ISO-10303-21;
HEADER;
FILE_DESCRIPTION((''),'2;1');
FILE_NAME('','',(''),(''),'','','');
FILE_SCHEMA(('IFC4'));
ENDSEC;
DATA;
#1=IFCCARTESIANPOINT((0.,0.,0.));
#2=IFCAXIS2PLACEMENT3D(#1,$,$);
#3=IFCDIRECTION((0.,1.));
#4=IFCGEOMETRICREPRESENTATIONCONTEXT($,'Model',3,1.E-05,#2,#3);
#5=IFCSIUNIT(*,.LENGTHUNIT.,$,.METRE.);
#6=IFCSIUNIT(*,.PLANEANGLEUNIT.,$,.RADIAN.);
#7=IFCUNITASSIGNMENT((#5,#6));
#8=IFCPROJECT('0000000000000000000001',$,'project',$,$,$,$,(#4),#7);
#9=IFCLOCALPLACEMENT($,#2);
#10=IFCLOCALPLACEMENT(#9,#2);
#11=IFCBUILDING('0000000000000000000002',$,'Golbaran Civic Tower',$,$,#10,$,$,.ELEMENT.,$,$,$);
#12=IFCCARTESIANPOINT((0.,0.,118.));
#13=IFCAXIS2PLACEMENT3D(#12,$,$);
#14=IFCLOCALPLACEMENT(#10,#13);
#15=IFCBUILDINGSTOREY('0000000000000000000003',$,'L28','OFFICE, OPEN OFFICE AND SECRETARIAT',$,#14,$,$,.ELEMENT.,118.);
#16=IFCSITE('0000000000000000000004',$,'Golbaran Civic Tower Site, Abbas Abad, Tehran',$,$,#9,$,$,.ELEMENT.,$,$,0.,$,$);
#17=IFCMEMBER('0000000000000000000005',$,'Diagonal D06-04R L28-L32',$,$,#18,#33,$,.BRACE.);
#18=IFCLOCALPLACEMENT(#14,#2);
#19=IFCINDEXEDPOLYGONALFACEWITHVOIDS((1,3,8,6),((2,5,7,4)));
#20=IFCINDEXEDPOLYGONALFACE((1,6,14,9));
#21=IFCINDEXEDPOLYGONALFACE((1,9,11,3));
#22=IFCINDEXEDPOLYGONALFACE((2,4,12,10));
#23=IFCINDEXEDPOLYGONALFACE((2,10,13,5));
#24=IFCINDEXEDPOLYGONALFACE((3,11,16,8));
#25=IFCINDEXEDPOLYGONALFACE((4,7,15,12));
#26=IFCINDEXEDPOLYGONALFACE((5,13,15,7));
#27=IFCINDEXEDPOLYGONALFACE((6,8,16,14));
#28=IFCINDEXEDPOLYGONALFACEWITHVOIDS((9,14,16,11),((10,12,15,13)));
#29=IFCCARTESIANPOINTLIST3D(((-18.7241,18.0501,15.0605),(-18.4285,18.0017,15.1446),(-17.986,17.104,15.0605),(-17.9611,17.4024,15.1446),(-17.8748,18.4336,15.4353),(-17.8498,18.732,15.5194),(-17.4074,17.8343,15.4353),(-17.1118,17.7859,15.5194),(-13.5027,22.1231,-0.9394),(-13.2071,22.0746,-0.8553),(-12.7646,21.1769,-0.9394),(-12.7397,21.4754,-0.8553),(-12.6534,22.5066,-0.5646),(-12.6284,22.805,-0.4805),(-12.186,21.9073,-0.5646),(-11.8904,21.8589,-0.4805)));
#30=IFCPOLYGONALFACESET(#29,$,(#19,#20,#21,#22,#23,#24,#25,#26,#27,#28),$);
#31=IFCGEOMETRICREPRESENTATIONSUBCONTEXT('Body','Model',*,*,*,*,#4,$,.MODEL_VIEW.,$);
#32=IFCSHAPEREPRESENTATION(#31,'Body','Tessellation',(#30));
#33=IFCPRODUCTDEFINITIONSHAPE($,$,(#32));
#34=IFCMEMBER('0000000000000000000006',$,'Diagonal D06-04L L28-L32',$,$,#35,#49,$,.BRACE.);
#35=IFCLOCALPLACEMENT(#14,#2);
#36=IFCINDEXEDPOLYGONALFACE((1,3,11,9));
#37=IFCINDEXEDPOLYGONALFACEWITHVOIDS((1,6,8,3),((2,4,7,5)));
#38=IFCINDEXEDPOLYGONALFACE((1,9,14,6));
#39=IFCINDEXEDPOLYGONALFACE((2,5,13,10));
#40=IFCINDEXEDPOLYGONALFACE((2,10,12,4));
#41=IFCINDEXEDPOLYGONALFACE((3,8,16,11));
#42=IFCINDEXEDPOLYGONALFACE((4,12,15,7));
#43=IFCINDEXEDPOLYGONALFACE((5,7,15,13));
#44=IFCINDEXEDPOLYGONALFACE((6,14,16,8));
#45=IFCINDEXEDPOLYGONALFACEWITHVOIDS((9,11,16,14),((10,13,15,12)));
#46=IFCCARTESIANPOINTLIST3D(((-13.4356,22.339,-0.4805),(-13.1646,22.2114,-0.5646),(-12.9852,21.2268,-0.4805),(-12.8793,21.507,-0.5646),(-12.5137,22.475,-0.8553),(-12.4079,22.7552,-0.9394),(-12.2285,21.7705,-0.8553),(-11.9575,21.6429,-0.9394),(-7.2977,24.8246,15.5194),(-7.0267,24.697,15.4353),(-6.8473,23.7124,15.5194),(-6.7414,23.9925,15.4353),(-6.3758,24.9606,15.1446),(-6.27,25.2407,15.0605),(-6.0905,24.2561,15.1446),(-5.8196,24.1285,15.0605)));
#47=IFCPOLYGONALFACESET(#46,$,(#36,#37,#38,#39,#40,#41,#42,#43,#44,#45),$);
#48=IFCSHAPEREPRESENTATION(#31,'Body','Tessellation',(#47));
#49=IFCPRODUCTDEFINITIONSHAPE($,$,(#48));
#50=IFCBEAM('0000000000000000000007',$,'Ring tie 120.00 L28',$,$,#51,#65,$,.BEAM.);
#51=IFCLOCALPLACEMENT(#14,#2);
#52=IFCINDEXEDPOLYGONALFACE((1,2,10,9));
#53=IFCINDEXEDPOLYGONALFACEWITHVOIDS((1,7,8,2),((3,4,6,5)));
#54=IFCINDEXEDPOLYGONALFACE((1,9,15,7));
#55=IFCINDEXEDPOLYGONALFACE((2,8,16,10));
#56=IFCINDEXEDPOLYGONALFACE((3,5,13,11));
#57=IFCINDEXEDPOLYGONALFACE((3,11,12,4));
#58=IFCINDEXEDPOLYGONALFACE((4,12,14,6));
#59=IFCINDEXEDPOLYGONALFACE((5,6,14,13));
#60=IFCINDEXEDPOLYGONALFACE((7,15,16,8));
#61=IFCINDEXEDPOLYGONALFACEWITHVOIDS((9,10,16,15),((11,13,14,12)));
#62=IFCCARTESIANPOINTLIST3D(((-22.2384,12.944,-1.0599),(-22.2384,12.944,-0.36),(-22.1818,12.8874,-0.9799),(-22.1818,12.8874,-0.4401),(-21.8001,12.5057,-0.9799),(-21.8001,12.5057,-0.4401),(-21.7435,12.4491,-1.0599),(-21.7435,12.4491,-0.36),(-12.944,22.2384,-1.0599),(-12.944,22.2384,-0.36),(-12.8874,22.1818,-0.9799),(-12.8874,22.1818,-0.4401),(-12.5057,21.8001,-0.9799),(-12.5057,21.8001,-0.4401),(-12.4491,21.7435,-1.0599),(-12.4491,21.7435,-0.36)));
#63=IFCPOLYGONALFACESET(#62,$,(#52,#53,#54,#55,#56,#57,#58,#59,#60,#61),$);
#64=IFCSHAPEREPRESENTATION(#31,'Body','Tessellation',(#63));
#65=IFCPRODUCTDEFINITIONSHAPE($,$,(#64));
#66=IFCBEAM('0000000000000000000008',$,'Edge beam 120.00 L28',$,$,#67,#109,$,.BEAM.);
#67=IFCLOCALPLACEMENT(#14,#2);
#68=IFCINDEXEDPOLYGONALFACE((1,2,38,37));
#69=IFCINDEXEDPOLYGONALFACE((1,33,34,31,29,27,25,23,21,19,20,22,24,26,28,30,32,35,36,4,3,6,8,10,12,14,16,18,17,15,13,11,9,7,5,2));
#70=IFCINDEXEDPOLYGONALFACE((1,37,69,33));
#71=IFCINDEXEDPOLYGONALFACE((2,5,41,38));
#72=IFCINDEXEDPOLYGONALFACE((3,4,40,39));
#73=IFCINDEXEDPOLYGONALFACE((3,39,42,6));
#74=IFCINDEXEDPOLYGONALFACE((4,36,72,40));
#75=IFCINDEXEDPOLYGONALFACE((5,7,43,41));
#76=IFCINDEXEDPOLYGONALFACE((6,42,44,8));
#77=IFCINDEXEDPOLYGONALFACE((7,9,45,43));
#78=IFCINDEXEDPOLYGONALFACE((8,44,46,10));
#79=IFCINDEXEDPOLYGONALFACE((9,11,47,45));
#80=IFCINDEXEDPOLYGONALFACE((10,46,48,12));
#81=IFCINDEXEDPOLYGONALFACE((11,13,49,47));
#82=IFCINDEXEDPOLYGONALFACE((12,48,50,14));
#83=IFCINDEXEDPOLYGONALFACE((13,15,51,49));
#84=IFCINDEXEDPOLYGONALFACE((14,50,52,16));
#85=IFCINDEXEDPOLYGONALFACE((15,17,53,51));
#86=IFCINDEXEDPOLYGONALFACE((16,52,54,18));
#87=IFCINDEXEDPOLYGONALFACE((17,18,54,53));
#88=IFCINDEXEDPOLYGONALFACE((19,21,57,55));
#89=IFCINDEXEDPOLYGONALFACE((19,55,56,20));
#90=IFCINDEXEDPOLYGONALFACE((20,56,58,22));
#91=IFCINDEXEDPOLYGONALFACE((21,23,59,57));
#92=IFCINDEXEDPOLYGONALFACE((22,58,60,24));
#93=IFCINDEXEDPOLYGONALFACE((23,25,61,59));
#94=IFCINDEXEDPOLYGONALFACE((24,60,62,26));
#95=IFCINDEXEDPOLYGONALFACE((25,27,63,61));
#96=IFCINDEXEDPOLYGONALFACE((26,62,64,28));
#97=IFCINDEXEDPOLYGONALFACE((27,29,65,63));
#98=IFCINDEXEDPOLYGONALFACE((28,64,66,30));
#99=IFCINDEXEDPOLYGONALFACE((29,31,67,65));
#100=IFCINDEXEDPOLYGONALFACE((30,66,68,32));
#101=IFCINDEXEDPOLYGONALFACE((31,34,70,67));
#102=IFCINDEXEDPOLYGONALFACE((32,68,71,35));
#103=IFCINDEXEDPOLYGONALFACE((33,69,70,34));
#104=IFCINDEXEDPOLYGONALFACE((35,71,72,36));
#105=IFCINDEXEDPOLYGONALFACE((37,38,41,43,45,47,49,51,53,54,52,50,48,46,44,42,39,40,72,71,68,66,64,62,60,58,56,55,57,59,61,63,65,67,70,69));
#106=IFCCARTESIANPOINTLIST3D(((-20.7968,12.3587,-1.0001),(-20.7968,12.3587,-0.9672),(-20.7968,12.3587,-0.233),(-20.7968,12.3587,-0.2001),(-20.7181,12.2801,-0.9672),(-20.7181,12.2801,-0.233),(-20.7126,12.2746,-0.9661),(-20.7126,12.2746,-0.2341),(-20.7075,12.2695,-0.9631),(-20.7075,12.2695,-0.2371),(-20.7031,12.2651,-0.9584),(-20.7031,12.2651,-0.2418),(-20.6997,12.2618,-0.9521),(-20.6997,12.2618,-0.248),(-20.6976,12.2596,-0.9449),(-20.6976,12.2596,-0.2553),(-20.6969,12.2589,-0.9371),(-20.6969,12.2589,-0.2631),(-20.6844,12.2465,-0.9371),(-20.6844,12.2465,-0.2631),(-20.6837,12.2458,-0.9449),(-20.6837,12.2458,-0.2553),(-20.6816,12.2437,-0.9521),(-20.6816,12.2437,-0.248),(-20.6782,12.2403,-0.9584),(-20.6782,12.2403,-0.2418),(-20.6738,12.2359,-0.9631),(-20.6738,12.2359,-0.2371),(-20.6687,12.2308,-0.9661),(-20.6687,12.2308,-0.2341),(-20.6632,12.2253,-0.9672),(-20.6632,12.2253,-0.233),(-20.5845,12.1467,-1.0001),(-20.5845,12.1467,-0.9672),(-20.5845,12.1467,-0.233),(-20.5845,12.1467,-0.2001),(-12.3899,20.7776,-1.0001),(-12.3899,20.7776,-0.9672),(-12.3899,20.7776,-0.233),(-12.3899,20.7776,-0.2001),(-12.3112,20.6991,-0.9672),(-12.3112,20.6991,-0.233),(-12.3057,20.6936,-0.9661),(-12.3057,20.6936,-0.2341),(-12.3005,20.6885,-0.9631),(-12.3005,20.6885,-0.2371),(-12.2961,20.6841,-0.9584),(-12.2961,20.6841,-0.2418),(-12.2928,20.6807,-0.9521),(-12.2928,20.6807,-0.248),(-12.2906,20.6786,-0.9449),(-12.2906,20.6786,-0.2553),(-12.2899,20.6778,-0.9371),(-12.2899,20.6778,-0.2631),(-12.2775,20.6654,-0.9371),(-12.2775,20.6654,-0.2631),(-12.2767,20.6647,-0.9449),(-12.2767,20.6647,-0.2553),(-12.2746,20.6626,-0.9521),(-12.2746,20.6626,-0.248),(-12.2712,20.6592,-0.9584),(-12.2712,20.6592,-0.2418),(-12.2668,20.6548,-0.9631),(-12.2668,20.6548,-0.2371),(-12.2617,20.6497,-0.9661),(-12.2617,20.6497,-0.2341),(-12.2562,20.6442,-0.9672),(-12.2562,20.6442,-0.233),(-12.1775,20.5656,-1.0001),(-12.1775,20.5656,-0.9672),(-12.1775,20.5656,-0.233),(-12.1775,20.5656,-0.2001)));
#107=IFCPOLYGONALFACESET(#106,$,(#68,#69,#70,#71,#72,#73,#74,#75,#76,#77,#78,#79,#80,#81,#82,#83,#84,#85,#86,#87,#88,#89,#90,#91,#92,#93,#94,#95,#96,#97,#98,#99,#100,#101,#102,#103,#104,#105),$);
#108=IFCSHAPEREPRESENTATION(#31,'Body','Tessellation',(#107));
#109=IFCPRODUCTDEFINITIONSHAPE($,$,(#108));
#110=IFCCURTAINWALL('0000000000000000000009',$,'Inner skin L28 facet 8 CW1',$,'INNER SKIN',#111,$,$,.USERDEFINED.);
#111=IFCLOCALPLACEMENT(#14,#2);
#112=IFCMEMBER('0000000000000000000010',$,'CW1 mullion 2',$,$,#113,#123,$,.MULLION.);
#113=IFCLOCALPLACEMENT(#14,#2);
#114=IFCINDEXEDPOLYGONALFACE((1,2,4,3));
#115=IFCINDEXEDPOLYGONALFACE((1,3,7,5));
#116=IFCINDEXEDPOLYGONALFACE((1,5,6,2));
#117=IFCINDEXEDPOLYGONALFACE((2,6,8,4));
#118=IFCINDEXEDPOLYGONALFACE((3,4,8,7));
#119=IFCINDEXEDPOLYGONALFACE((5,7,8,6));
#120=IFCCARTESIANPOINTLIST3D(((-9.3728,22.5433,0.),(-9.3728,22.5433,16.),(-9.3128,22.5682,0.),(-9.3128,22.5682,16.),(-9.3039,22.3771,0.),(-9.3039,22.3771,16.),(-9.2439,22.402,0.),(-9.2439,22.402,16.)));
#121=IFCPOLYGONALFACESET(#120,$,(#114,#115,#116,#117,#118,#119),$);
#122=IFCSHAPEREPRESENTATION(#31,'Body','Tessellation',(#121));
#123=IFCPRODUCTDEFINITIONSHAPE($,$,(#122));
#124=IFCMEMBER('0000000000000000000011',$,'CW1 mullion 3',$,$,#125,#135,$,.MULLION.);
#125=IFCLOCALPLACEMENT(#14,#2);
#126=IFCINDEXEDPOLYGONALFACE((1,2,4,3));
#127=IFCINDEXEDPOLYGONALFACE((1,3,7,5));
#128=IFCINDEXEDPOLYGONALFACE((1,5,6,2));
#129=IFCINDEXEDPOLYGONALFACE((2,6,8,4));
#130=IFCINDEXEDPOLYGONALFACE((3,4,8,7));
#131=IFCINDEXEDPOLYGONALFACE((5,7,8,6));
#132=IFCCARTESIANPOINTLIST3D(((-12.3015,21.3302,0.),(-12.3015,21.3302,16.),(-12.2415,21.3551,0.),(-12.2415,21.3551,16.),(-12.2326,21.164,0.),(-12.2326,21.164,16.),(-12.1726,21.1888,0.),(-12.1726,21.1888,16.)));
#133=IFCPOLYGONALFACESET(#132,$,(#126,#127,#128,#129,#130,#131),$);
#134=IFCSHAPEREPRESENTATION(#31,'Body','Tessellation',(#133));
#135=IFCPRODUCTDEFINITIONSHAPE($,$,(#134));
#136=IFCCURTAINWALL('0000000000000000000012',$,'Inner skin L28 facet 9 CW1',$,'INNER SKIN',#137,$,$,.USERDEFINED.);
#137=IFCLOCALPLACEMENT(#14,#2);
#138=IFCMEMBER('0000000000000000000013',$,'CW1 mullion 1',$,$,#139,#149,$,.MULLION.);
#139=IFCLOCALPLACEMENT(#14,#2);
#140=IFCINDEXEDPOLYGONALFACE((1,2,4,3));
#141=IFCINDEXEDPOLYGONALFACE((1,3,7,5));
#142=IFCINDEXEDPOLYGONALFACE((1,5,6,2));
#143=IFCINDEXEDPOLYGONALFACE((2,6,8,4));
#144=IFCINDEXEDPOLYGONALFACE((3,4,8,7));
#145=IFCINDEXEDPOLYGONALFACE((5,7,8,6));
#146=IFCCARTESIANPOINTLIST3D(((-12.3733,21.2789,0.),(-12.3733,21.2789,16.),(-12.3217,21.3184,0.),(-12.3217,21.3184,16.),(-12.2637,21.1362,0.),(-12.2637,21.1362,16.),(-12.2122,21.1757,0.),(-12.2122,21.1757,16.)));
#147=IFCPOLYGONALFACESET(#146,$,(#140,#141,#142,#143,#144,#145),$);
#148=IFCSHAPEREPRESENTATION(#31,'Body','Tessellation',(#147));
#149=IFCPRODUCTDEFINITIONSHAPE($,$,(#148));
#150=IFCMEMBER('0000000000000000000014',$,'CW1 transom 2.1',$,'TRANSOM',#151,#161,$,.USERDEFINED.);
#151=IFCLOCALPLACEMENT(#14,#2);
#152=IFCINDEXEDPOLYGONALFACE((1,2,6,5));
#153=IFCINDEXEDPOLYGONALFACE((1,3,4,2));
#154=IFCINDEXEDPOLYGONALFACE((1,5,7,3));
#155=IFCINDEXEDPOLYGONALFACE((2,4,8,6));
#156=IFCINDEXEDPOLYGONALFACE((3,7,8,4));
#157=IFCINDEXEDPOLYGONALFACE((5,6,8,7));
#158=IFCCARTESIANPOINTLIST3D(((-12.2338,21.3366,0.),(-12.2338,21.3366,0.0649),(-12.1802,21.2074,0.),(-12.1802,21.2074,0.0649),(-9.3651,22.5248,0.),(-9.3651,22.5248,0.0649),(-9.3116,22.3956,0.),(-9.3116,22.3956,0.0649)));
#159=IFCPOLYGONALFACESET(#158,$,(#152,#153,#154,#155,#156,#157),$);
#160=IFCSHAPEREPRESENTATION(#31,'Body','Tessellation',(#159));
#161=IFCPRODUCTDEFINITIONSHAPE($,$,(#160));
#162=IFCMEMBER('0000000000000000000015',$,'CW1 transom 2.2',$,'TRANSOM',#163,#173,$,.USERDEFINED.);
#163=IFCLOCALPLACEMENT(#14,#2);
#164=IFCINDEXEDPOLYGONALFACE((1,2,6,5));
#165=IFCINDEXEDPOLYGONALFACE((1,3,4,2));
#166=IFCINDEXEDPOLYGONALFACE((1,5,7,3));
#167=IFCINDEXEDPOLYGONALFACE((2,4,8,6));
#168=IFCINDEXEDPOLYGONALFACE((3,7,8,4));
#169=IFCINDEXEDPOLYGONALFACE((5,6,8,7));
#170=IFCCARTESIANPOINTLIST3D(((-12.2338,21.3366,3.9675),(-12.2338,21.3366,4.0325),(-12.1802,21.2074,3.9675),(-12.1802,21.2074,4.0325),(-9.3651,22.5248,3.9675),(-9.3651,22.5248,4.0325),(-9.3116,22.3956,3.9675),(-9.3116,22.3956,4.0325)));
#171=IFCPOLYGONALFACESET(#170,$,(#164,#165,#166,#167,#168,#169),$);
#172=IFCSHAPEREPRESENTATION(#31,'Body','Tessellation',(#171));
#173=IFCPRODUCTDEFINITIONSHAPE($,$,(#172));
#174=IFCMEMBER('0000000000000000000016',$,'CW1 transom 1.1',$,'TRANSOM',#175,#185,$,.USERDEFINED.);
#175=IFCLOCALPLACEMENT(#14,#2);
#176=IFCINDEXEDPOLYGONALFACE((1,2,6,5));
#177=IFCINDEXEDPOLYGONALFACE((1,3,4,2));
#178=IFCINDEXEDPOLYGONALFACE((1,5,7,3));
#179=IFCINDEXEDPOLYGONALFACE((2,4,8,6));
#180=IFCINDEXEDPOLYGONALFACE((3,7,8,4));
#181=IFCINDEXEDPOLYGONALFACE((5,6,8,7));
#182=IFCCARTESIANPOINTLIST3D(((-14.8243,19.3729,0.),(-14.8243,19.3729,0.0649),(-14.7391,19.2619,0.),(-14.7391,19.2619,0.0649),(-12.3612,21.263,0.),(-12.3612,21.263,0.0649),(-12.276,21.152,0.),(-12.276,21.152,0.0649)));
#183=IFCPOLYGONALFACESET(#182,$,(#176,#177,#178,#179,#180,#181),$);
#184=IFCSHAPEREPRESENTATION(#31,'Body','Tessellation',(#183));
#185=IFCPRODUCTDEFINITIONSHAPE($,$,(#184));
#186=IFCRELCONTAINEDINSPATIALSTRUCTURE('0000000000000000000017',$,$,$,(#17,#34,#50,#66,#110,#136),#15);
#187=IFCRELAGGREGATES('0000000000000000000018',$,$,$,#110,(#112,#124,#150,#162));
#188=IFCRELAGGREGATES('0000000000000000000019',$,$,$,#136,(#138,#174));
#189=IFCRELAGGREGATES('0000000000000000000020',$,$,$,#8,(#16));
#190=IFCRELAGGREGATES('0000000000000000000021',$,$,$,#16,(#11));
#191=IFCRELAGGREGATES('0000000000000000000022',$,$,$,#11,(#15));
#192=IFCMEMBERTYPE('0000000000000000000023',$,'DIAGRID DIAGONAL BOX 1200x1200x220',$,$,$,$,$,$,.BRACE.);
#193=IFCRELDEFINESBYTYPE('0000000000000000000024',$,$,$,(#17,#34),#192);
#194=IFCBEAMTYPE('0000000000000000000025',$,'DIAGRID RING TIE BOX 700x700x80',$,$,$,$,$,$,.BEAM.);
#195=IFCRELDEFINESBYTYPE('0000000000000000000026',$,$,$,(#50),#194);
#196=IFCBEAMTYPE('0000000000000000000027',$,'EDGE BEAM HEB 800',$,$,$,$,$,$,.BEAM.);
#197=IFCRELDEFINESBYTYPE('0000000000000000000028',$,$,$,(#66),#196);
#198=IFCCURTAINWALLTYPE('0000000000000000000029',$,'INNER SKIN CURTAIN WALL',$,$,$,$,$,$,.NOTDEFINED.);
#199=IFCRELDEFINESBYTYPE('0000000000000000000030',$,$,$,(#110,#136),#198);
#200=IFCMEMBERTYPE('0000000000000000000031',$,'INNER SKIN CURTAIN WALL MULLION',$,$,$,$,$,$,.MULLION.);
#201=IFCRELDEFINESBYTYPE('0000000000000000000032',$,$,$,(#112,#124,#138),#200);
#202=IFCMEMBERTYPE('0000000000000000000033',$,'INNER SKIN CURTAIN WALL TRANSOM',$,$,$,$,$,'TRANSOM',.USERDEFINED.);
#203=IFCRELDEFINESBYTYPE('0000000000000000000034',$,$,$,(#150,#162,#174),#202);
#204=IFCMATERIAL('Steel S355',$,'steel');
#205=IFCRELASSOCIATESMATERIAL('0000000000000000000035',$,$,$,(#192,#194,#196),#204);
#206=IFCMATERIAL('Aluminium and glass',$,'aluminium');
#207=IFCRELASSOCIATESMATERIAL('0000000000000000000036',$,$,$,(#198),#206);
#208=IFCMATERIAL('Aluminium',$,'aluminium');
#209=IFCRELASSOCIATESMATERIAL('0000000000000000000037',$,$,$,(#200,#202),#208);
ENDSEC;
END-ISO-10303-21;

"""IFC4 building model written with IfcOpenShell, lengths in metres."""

from ifc_helpers import new_model, si_unit, direction, frame, origin, origin_2d, place, context, subcontext, project, spatial, rectangle, hollow_rectangle, i_section, extrude, material, material_profile, profile_set, type_object, element, aggregate, save


model = new_model("IFC4")

# Units and contexts
model_context = context("Model", 3, precision=1e-05, world=origin(), true_north=direction((0.0, 1.0)))
body_context = subcontext(model_context, "Body", "Model", "MODEL_VIEW")
ifc_project = project(units=[si_unit("LENGTHUNIT", "METRE"), si_unit("PLANEANGLEUNIT", "RADIAN")], contexts=[model_context])

# Site, building, storey
site_placement = place(None, origin())
site = spatial("IfcSite", under=ifc_project, at=site_placement, Name="Golbaran Civic Tower Site, Abbas Abad, Tehran", CompositionType="ELEMENT", RefElevation=0.0)
building_placement = place(site_placement, origin())
building = spatial("IfcBuilding", under=site, at=building_placement, Name="Golbaran Civic Tower", CompositionType="ELEMENT")
storey_placement = place(building_placement, frame((0.0, 0.0, 118.0)))
storey = spatial("IfcBuildingStorey", under=building, at=storey_placement, Name="L28", Description="OFFICE, OPEN OFFICE AND SECRETARIAT", CompositionType="ELEMENT", Elevation=118.0)

# Members
ifc_material_1 = material(Name="Steel S355", Category="steel")
ifc_material_profile_1 = material_profile(ifc_material_1, hollow_rectangle(XDim=1.2, YDim=1.2, WallThickness=0.22, at=origin_2d()), Name="BOX 1200x1200x220")
ifc_profile_set_1 = profile_set([ifc_material_profile_1], Name="Steel S355")
member_type_1 = type_object("IfcMemberType", Name="DIAGRID DIAGONAL BOX 1200x1200x220", PredefinedType="BRACE", material=ifc_profile_set_1)
for number, where, z_axis, x_axis, name in (
    (1, (-12.6965, 21.991, -0.71), (-0.301534, -0.235212, 0.923987), (0.615058, -0.788482, 0.0), "Diagonal D06-04R L28-L32"),
    (2, (-12.6965, 21.991, -0.71), (0.354461, 0.143541, 0.923988), (-0.375347, 0.926884, 0.0), "Diagonal D06-04L L28-L32"),
):
    element("IfcMember", number, at=place(storey_placement, frame(where, z_axis=z_axis, x_axis=x_axis)), inside=storey, type_object=member_type_1, Name=name, PredefinedType="BRACE", context=body_context, shape_type="SweptSolid", body=[
        extrude(hollow_rectangle(XDim=1.2, YDim=1.2, WallThickness=0.22, at=origin_2d()), origin(), (0.0, 0.0, 1.0), 17.3162),
    ])

# Beams
ifc_material_profile_2 = material_profile(ifc_material_1, hollow_rectangle(XDim=0.7, YDim=0.7, WallThickness=0.0801, at=origin_2d()), Name="BOX 700x700x80")
ifc_profile_set_2 = profile_set([ifc_material_profile_2], Name="Steel S355")
beam_type_1 = type_object("IfcBeamType", Name="DIAGRID RING TIE BOX 700x700x80", PredefinedType="BEAM", material=ifc_profile_set_2)
beam_1_placement = place(storey_placement, frame((-12.6965, 21.991, -0.71), z_axis=(-0.707107, -0.707107, 0.0), x_axis=(0.707107, -0.707107, 0.0)))
element("IfcBeam", 3, at=beam_1_placement, inside=storey, type_object=beam_type_1, Name="Ring tie 120.00 L28", PredefinedType="BEAM", context=body_context, shape_type="SweptSolid", body=[
    extrude(hollow_rectangle(XDim=0.7, YDim=0.7, WallThickness=0.0801, at=origin_2d()), origin(), (0.0, 0.0, 1.0), 13.1443),
])
ifc_material_profile_3 = material_profile(ifc_material_1, i_section(OverallWidth=0.3, OverallDepth=0.8, WebThickness=0.0176, FlangeThickness=0.033, FilletRadius=0.03, at=origin_2d()), Name="HEB 800")
ifc_profile_set_3 = profile_set([ifc_material_profile_3], Name="Steel S355")
beam_type_2 = type_object("IfcBeamType", Name="EDGE BEAM HEB 800", PredefinedType="BEAM", material=ifc_profile_set_3)
beam_2_placement = place(storey_placement, frame((-12.2837, 20.6716, -0.6001), z_axis=(-0.706604, -0.707609, 0.0), x_axis=(0.707609, -0.706604, 0.0)))
element("IfcBeam", 4, at=beam_2_placement, inside=storey, type_object=beam_type_2, Name="Edge beam 120.00 L28", PredefinedType="BEAM", context=body_context, shape_type="SweptSolid", body=[
    extrude(i_section(OverallWidth=0.3, OverallDepth=0.8, WebThickness=0.0176, FlangeThickness=0.033, FilletRadius=0.03, at=origin_2d()), origin(), (0.0, 0.0, 1.0), 11.8977),
])

# Curtain wall, members
ifc_material_2 = material(Name="Aluminium and glass", Category="aluminium")
curtain_wall_type_1 = type_object("IfcCurtainWallType", Name="INNER SKIN CURTAIN WALL", PredefinedType="NOTDEFINED", material=ifc_material_2)
curtain_wall_1_placement = place(storey_placement, origin())
curtain_wall_1 = element("IfcCurtainWall", 5, at=curtain_wall_1_placement, inside=storey, type_object=curtain_wall_type_1, Name="Inner skin L28 facet 8 CW1", ObjectType="INNER SKIN", PredefinedType="USERDEFINED")
ifc_material_3 = material(Name="Aluminium", Category="aluminium")
ifc_material_profile_4 = material_profile(ifc_material_3, rectangle(XDim=0.1799, YDim=0.0649, at=origin_2d()), Name="INNER SKIN CURTAIN WALL MULLION")
ifc_profile_set_4 = profile_set([ifc_material_profile_4], Name="Aluminium")
member_type_2 = type_object("IfcMemberType", Name="INNER SKIN CURTAIN WALL MULLION", PredefinedType="MULLION", material=ifc_profile_set_4)
member_1_placement = place(storey_placement, frame((-9.3083, 22.4727, 0.0), z_axis=(0.0, 0.0, 1.0), x_axis=(0.382683, -0.92388, 0.0)))
member_1 = element("IfcMember", 6, at=member_1_placement, type_object=member_type_2, Name="CW1 mullion 2", PredefinedType="MULLION", context=body_context, shape_type="SweptSolid", body=[
    extrude(rectangle(XDim=0.1799, YDim=0.0649, at=origin_2d()), origin(), (0.0, 0.0, 1.0), 16.0),
])
member_2_placement = place(storey_placement, frame((-12.2371, 21.2595, 0.0), z_axis=(0.0, 0.0, 1.0), x_axis=(0.382683, -0.92388, 0.0)))
member_2 = element("IfcMember", 7, at=member_2_placement, type_object=member_type_2, Name="CW1 mullion 3", PredefinedType="MULLION", context=body_context, shape_type="SweptSolid", body=[
    extrude(rectangle(XDim=0.1799, YDim=0.0649, at=origin_2d()), origin(), (0.0, 0.0, 1.0), 16.0),
])

# Curtain wall, member
curtain_wall_2_placement = place(storey_placement, origin())
curtain_wall_2 = element("IfcCurtainWall", 8, at=curtain_wall_2_placement, inside=storey, type_object=curtain_wall_type_1, Name="Inner skin L28 facet 9 CW1", ObjectType="INNER SKIN", PredefinedType="USERDEFINED")
member_3_placement = place(storey_placement, frame((-12.2927, 21.2273, 0.0), z_axis=(0.0, 0.0, 1.0), x_axis=(0.608761, -0.793353, 0.0)))
member_3 = element("IfcMember", 9, at=member_3_placement, type_object=member_type_2, Name="CW1 mullion 1", PredefinedType="MULLION", context=body_context, shape_type="SweptSolid", body=[
    extrude(rectangle(XDim=0.1799, YDim=0.0649, at=origin_2d()), origin(), (0.0, 0.0, 1.0), 16.0),
])

# Members
ifc_material_profile_5 = material_profile(ifc_material_3, rectangle(XDim=0.1399, YDim=0.0649, at=origin_2d()), Name="INNER SKIN CURTAIN WALL TRANSOM")
ifc_profile_set_5 = profile_set([ifc_material_profile_5], Name="Aluminium")
member_type_3 = type_object("IfcMemberType", Name="INNER SKIN CURTAIN WALL TRANSOM", ElementType="TRANSOM", PredefinedType="USERDEFINED", material=ifc_profile_set_5)
member_4_placement = place(storey_placement, frame((-9.3384, 22.4602, 0.0325), z_axis=(-0.92388, -0.382683, 0.0), x_axis=(0.382683, -0.92388, 0.0)))
member_4 = element("IfcMember", 10, at=member_4_placement, type_object=member_type_3, Name="CW1 transom 2.1", ObjectType="TRANSOM", PredefinedType="USERDEFINED", context=body_context, shape_type="SweptSolid", body=[
    extrude(rectangle(XDim=0.1399, YDim=0.0649, at=origin_2d()), origin(), (0.0, 0.0, 1.0), 3.105),
])
member_5_placement = place(storey_placement, frame((-9.3384, 22.4602, 4.0), z_axis=(-0.92388, -0.382683, 0.0), x_axis=(0.382683, -0.92388, 0.0)))
member_5 = element("IfcMember", 11, at=member_5_placement, type_object=member_type_3, Name="CW1 transom 2.2", ObjectType="TRANSOM", PredefinedType="USERDEFINED", context=body_context, shape_type="SweptSolid", body=[
    extrude(rectangle(XDim=0.1399, YDim=0.0649, at=origin_2d()), origin(), (0.0, 0.0, 1.0), 3.105),
])
member_6_placement = place(storey_placement, frame((-12.3186, 21.2075, 0.0325), z_axis=(-0.793337, -0.608783, 0.0), x_axis=(0.608783, -0.793337, 0.0)))
member_6 = element("IfcMember", 12, at=member_6_placement, type_object=member_type_3, Name="CW1 transom 1.1", ObjectType="TRANSOM", PredefinedType="USERDEFINED", context=body_context, shape_type="SweptSolid", body=[
    extrude(rectangle(XDim=0.1399, YDim=0.0649, at=origin_2d()), origin(), (0.0, 0.0, 1.0), 3.1047),
])

aggregate(curtain_wall_1, [member_1, member_2, member_4, member_5])
aggregate(curtain_wall_2, [member_3, member_6])

save(model, "model.ifc")
